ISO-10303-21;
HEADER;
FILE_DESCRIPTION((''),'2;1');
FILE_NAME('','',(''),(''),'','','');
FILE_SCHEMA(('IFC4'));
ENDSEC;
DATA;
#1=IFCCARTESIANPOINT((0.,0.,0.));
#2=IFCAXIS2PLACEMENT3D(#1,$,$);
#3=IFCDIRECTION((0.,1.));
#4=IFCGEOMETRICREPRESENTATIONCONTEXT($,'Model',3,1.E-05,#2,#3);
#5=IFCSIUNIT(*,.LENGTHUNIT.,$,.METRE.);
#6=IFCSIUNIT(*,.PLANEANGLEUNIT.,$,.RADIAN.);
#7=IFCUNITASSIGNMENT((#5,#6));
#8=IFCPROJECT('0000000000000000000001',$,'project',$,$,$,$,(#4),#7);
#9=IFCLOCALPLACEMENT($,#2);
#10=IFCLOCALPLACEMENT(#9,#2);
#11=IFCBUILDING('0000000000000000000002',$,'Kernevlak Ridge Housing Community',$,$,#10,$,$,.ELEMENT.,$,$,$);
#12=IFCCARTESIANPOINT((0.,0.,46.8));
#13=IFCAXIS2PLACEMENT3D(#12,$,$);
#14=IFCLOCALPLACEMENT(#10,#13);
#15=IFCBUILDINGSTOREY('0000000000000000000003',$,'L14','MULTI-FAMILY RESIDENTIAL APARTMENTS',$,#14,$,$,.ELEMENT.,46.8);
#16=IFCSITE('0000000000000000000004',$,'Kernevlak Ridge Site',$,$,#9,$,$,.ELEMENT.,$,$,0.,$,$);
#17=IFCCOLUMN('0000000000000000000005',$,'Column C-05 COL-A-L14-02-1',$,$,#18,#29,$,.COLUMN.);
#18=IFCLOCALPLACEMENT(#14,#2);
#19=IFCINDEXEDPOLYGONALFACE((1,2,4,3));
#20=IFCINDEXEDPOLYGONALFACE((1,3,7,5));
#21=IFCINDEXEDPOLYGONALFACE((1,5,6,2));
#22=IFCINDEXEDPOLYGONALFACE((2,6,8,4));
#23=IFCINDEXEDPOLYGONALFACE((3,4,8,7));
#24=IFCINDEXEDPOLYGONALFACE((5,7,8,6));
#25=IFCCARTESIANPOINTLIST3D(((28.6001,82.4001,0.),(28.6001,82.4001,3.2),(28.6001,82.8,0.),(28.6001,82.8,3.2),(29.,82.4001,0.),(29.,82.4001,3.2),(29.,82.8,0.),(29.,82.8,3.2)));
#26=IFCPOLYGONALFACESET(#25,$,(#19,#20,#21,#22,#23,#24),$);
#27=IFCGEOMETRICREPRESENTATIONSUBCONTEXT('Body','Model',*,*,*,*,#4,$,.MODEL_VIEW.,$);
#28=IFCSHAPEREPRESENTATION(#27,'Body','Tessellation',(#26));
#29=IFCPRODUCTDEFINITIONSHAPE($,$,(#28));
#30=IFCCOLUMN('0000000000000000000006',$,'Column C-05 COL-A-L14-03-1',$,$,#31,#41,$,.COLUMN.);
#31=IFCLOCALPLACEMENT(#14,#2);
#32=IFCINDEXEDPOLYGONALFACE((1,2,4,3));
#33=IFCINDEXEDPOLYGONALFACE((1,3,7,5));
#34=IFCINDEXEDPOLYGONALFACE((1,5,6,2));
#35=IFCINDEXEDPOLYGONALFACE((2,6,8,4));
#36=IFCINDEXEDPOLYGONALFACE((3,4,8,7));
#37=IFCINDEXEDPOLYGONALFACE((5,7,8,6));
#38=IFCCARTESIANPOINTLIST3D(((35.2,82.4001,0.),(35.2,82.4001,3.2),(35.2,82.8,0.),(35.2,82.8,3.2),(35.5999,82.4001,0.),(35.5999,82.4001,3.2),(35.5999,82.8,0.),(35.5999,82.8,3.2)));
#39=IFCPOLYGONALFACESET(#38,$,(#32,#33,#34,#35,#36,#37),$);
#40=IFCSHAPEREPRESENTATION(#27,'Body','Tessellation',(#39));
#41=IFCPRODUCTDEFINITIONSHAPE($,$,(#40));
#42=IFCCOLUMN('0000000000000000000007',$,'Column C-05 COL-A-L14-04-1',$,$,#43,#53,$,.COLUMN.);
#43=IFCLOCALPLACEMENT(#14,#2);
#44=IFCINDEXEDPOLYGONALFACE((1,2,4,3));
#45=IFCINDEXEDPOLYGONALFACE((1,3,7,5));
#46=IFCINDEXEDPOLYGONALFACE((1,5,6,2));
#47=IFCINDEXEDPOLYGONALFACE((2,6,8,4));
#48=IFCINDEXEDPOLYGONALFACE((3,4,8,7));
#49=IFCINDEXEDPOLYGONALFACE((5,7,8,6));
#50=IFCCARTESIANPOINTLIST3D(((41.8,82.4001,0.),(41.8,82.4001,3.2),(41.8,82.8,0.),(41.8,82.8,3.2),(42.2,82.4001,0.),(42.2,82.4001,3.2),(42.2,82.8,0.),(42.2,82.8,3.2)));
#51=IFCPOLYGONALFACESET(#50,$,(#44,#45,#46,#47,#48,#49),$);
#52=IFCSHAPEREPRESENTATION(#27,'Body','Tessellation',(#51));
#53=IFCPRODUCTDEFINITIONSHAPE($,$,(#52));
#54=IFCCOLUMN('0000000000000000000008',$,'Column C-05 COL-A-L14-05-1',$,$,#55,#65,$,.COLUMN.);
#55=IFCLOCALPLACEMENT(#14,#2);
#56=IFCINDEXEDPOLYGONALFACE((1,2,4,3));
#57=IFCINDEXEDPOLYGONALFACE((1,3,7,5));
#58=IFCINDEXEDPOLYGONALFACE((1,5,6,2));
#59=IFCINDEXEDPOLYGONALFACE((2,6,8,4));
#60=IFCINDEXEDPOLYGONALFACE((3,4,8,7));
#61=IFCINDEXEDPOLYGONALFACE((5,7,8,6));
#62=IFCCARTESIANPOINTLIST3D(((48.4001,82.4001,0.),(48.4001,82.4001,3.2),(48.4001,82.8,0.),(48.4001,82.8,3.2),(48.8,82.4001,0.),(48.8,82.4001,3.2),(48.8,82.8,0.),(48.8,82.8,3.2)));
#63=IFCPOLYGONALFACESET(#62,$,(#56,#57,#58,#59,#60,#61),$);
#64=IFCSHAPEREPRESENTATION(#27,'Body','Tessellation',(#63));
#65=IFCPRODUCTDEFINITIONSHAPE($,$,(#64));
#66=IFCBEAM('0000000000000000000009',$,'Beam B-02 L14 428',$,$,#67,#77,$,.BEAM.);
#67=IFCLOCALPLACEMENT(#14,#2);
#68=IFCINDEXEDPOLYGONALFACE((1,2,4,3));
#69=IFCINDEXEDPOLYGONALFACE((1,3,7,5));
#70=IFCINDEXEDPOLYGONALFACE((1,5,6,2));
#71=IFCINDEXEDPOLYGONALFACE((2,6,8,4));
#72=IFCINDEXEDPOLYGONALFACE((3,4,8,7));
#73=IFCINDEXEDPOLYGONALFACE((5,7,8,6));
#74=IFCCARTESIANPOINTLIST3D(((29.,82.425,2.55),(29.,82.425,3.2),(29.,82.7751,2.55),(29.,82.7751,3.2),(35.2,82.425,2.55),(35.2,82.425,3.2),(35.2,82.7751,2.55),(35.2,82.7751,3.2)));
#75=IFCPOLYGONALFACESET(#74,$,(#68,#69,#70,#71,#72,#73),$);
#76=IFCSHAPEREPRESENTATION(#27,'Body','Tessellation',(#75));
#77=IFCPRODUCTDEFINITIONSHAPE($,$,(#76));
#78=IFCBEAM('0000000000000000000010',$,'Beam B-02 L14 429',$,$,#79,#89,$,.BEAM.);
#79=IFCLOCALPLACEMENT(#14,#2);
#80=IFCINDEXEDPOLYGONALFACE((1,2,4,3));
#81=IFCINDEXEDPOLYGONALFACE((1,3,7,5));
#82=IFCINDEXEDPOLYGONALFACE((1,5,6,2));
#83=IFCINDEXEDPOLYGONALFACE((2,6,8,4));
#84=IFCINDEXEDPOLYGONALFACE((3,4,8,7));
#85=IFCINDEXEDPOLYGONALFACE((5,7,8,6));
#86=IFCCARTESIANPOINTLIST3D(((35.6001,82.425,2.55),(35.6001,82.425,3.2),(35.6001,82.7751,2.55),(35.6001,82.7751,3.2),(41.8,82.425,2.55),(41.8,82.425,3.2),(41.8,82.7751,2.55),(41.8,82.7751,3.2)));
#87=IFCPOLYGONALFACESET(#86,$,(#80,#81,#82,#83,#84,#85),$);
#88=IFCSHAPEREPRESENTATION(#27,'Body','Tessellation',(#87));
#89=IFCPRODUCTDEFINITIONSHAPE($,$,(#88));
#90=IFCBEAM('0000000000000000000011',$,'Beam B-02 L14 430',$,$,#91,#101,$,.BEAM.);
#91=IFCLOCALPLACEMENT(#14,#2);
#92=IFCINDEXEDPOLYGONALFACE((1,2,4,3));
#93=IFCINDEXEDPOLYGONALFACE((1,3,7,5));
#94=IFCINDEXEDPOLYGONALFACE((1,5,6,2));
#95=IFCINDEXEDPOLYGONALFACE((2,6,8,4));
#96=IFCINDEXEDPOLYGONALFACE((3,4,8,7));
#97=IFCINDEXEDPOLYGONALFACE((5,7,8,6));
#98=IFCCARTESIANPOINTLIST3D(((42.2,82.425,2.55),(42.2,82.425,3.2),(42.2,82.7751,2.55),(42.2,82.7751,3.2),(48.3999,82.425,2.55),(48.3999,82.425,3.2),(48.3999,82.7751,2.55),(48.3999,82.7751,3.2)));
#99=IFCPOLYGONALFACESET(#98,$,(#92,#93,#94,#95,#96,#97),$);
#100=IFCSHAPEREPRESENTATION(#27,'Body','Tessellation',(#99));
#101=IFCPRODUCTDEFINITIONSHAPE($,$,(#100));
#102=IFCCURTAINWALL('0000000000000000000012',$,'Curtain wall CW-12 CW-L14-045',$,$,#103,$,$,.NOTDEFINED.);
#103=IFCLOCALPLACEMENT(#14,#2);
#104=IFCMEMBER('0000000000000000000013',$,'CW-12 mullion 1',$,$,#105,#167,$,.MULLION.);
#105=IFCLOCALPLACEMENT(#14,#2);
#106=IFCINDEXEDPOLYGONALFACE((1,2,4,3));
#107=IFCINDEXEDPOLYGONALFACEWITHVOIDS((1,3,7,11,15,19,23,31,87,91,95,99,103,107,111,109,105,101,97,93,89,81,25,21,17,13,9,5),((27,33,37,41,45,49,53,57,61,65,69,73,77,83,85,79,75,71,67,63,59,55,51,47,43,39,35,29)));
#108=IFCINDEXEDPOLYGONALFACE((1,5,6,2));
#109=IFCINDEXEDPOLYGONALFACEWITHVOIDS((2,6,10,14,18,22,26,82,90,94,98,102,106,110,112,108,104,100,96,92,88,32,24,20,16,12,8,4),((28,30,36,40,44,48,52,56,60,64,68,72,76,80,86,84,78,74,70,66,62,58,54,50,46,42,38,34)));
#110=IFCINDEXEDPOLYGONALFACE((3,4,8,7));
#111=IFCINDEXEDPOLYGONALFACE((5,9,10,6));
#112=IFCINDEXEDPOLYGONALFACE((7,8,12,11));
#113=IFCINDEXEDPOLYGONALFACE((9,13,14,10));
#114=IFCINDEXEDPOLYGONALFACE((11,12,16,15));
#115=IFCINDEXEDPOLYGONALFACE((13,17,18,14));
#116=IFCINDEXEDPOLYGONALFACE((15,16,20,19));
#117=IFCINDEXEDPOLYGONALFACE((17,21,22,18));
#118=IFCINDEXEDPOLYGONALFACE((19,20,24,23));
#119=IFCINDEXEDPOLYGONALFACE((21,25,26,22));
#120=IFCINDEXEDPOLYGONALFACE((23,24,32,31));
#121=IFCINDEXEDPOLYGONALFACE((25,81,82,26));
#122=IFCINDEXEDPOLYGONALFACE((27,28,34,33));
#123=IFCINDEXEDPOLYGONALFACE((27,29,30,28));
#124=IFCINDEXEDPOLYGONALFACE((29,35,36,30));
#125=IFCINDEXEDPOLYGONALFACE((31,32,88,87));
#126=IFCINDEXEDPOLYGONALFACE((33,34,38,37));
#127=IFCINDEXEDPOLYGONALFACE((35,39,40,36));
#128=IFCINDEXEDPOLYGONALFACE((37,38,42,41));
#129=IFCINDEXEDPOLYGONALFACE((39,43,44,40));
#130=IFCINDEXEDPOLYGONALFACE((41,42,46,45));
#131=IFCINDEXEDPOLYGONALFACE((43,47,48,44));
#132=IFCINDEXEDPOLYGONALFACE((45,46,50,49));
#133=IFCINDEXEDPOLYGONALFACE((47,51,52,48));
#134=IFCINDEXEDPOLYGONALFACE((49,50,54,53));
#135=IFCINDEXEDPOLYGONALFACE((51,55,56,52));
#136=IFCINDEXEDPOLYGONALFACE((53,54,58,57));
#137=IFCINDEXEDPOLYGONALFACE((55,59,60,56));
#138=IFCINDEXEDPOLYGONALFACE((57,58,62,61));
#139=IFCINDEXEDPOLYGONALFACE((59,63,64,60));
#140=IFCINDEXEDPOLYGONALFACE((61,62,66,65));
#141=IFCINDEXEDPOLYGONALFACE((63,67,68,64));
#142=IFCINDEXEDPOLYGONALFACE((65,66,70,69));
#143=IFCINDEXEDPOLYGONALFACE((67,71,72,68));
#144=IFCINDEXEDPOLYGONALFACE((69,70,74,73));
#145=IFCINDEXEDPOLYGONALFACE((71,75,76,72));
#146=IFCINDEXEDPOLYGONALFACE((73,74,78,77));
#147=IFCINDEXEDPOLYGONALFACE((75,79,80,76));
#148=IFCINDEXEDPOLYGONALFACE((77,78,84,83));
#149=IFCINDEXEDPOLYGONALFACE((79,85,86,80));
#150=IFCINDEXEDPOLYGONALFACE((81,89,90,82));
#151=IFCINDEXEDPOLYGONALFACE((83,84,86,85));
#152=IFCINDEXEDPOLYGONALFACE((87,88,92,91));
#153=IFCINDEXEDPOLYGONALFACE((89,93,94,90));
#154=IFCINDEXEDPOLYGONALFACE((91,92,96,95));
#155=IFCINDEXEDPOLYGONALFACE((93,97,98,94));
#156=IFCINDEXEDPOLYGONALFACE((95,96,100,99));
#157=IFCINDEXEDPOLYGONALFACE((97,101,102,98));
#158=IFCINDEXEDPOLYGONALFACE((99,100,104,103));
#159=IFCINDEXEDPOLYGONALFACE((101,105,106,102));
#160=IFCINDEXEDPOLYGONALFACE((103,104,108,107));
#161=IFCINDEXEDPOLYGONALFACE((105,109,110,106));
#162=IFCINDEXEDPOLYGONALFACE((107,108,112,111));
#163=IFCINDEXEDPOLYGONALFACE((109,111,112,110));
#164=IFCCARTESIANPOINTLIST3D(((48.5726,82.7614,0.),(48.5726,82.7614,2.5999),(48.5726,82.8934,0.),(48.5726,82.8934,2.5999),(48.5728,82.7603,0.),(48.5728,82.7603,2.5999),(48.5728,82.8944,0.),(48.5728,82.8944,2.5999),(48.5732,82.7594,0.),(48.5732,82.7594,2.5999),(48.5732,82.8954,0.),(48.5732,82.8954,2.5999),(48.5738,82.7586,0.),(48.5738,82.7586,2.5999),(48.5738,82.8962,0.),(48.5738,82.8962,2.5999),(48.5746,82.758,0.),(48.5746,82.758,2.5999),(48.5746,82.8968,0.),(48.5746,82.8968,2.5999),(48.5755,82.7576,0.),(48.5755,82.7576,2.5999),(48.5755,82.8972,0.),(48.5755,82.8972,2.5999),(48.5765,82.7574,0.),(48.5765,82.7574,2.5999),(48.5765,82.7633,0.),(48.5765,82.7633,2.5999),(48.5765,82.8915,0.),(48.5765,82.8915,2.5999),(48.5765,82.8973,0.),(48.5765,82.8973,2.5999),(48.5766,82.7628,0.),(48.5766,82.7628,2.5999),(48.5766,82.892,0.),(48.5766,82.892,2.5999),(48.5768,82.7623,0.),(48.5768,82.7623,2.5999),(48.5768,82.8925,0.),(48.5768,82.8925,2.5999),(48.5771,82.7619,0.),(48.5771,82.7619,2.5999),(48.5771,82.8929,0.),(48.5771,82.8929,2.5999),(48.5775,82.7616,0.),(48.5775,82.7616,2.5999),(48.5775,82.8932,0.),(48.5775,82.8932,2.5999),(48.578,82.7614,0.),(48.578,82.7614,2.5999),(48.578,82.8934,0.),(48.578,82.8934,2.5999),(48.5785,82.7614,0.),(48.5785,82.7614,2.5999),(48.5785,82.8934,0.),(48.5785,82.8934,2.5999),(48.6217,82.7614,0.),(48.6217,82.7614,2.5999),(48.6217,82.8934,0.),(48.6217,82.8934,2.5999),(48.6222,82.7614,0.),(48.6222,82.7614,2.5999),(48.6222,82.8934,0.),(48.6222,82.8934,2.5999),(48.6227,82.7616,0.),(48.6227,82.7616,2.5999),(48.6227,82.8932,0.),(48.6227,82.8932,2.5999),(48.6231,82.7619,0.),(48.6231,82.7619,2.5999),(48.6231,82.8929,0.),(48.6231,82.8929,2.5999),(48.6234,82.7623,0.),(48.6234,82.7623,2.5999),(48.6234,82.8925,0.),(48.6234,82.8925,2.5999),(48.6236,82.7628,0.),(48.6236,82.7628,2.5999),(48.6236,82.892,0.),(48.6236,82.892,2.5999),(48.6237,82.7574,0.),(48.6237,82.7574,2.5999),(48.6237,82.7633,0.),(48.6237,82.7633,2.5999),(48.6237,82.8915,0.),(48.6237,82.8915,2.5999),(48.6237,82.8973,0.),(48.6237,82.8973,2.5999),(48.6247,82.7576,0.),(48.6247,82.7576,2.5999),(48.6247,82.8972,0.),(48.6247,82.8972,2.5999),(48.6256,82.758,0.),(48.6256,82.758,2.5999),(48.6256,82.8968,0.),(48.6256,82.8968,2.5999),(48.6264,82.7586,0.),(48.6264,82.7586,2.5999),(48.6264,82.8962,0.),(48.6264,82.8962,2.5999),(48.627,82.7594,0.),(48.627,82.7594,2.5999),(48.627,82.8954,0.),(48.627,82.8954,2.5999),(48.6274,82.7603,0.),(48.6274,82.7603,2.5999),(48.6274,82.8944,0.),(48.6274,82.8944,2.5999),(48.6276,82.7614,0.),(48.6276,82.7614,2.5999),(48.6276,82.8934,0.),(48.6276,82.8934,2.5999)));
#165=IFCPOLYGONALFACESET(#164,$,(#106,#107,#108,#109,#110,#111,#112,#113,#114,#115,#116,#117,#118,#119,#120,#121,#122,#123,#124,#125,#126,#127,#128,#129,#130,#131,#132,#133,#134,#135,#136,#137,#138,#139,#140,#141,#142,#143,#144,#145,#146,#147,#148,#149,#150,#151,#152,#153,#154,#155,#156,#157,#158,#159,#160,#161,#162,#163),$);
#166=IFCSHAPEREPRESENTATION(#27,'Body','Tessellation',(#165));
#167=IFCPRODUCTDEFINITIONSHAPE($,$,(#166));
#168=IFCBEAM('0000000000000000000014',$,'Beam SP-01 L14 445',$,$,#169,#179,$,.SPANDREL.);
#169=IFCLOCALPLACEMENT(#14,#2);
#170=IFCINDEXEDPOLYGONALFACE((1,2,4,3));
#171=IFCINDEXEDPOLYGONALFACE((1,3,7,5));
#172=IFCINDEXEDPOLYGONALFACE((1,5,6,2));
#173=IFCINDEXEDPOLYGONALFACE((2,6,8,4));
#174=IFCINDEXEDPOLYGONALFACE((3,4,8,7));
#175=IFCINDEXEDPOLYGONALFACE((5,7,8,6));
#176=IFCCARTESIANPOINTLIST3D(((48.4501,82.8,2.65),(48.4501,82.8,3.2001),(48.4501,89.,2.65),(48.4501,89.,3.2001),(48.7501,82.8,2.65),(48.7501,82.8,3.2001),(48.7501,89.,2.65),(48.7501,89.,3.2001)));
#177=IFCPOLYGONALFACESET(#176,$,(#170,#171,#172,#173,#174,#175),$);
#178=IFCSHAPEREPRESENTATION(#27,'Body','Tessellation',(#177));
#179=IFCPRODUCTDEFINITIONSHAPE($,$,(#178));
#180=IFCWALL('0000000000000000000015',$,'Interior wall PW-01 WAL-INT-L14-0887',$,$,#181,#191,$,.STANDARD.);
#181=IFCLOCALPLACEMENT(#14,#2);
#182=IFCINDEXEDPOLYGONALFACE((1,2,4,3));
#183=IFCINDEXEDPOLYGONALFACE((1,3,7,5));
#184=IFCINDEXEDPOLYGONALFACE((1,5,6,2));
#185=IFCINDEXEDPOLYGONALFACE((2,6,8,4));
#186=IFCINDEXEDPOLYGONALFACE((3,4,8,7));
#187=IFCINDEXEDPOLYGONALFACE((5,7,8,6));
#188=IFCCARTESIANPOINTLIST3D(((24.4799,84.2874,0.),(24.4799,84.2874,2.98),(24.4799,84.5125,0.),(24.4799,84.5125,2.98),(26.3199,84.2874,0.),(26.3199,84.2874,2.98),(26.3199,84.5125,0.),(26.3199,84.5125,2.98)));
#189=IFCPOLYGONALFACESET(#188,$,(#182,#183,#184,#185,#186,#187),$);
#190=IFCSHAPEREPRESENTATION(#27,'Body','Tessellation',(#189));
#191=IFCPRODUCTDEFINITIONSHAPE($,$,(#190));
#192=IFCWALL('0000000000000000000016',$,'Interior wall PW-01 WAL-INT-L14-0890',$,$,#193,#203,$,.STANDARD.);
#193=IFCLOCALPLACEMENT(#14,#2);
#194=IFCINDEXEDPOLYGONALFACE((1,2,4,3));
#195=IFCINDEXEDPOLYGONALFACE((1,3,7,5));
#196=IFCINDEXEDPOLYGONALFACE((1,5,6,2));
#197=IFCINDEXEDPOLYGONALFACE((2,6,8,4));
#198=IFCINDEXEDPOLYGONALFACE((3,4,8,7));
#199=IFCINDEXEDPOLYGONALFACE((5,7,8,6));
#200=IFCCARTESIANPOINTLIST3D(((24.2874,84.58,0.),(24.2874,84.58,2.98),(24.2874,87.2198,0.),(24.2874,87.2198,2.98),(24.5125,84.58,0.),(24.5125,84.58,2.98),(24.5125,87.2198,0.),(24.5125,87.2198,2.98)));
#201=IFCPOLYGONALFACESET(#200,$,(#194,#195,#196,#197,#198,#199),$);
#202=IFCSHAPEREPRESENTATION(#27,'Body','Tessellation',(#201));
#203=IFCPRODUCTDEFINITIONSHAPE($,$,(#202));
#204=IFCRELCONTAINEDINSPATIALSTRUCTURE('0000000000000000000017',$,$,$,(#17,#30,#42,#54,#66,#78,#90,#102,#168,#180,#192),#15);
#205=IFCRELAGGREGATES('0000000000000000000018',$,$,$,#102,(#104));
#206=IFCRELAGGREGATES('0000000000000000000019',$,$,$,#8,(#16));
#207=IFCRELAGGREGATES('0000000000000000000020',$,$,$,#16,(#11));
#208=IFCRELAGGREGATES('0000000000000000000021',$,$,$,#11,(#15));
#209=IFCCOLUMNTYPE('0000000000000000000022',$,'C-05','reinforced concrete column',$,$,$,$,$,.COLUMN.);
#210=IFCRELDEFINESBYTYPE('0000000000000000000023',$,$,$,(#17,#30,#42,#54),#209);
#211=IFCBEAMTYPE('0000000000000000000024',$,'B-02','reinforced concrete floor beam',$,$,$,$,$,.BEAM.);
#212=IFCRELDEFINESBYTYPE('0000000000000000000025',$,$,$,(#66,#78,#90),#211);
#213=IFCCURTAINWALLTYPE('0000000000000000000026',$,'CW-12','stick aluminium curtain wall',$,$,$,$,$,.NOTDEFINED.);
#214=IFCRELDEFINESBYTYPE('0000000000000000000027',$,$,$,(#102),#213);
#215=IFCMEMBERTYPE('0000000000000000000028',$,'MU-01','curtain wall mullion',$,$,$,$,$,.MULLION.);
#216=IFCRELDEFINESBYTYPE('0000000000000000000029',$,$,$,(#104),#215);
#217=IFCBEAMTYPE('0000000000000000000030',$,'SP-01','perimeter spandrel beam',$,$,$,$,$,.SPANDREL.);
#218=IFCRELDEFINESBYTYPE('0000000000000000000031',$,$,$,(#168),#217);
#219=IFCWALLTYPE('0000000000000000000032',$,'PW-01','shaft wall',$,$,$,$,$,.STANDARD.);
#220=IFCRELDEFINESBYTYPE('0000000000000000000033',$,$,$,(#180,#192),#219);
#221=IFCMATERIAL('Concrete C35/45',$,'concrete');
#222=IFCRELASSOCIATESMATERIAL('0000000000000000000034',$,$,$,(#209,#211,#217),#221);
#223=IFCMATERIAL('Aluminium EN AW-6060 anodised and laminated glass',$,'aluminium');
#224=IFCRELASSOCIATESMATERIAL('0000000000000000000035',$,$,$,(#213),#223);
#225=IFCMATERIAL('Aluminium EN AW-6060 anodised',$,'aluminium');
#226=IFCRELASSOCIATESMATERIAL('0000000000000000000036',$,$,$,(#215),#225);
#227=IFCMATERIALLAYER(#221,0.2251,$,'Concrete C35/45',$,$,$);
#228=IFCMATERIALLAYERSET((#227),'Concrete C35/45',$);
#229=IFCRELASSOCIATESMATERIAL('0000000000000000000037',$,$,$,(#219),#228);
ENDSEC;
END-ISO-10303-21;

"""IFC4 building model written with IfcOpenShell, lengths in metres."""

from ifc_helpers import new_model, si_unit, direction, frame, frame_2d, origin, origin_2d, place, context, subcontext, project, spatial, rectangle, hollow_rectangle, extrude, material, layer, layer_set, material_profile, profile_set, type_object, element, aggregate, save


model = new_model("IFC4")

# Units and contexts
model_context = context("Model", 3, precision=1e-05, world=origin(), true_north=direction((0.0, 1.0)))
body_context = subcontext(model_context, "Body", "Model", "MODEL_VIEW")
ifc_project = project(units=[si_unit("LENGTHUNIT", "METRE"), si_unit("PLANEANGLEUNIT", "RADIAN")], contexts=[model_context])

# Site, building, storey
site_placement = place(None, origin())
site = spatial("IfcSite", under=ifc_project, at=site_placement, Name="Kernevlak Ridge Site", CompositionType="ELEMENT", RefElevation=0.0)
building_placement = place(site_placement, origin())
building = spatial("IfcBuilding", under=site, at=building_placement, Name="Kernevlak Ridge Housing Community", CompositionType="ELEMENT")
storey_placement = place(building_placement, frame((0.0, 0.0, 46.8)))
storey = spatial("IfcBuildingStorey", under=building, at=storey_placement, Name="L14", Description="MULTI-FAMILY RESIDENTIAL APARTMENTS", CompositionType="ELEMENT", Elevation=46.8)

# Columns
ifc_material_1 = material(Name="Concrete C35/45", Category="concrete")
ifc_material_profile_1 = material_profile(ifc_material_1, rectangle(XDim=0.3999, YDim=0.3999, at=origin_2d()), Name="RC 400x400")
ifc_profile_set_1 = profile_set([ifc_material_profile_1], Name="Concrete C35/45")
column_type = type_object("IfcColumnType", Name="C-05", Description="reinforced concrete column", PredefinedType="COLUMN", material=ifc_profile_set_1)
for number, where, z_axis, x_axis, name in (
    (1, (28.8, 82.6001, 0.0), (0.0, 0.0, 1.0), (1.0, 0.0, 0.0), "Column C-05 COL-A-L14-02-1"),
    (2, (35.3999, 82.6001, 0.0), (0.0, 0.0, 1.0), (1.0, 0.0, 0.0), "Column C-05 COL-A-L14-03-1"),
    (3, (42.0, 82.6001, 0.0), (0.0, 0.0, 1.0), (1.0, 0.0, 0.0), "Column C-05 COL-A-L14-04-1"),
    (4, (48.6001, 82.6001, 0.0), (0.0, 0.0, 1.0), (1.0, 0.0, 0.0), "Column C-05 COL-A-L14-05-1"),
):
    element("IfcColumn", number, at=place(storey_placement, frame(where, z_axis=z_axis, x_axis=x_axis)), inside=storey, type_object=column_type, Name=name, PredefinedType="COLUMN", context=body_context, shape_type="SweptSolid", body=[
        extrude(rectangle(XDim=0.3999, YDim=0.3999, at=origin_2d()), origin(), (0.0, 0.0, 1.0), 3.2),
    ])

# Beams
ifc_material_profile_2 = material_profile(ifc_material_1, rectangle(XDim=0.3501, YDim=0.6499, at=origin_2d()), Name="RC 350x650")
ifc_profile_set_2 = profile_set([ifc_material_profile_2], Name="Concrete C35/45")
beam_type_1 = type_object("IfcBeamType", Name="B-02", Description="reinforced concrete floor beam", PredefinedType="BEAM", material=ifc_profile_set_2)
for number, where, z_axis, x_axis, name in (
    (5, (29.0, 82.6001, 2.875), (1.0, 0.0, 0.0), (0.0, 1.0, 0.0), "Beam B-02 L14 428"),
    (6, (35.6001, 82.6001, 2.875), (1.0, 0.0, 0.0), (0.0, 1.0, 0.0), "Beam B-02 L14 429"),
    (7, (42.2, 82.6001, 2.875), (1.0, 0.0, 0.0), (0.0, 1.0, 0.0), "Beam B-02 L14 430"),
):
    element("IfcBeam", number, at=place(storey_placement, frame(where, z_axis=z_axis, x_axis=x_axis)), inside=storey, type_object=beam_type_1, Name=name, PredefinedType="BEAM", context=body_context, shape_type="SweptSolid", body=[
        extrude(rectangle(XDim=0.3501, YDim=0.6499, at=origin_2d()), origin(), (0.0, 0.0, 1.0), 6.2),
    ])

# Curtain wall, member
ifc_material_2 = material(Name="Aluminium EN AW-6060 anodised and laminated glass", Category="aluminium")
curtain_wall_type = type_object("IfcCurtainWallType", Name="CW-12", Description="stick aluminium curtain wall", PredefinedType="NOTDEFINED", material=ifc_material_2)
curtain_wall_placement = place(storey_placement, origin())
curtain_wall = element("IfcCurtainWall", 8, at=curtain_wall_placement, inside=storey, type_object=curtain_wall_type, Name="Curtain wall CW-12 CW-L14-045", PredefinedType="NOTDEFINED")
ifc_material_3 = material(Name="Aluminium EN AW-6060 anodised", Category="aluminium")
ifc_material_profile_3 = material_profile(ifc_material_3, hollow_rectangle(XDim=0.0549, YDim=0.1399, WallThickness=0.0039, InnerFilletRadius=0.002, OuterFilletRadius=0.0039, at=origin_2d()), Name="ALU 55x140x4")
ifc_profile_set_3 = profile_set([ifc_material_profile_3], Name="Aluminium EN AW-6060 anodised")
member_type = type_object("IfcMemberType", Name="MU-01", Description="curtain wall mullion", PredefinedType="MULLION", material=ifc_profile_set_3)
member_placement = place(storey_placement, frame((48.6001, 82.8274, 0.0), z_axis=(0.0, 0.0, 1.0), x_axis=(-1.0, 0.0, 0.0)))
member = element("IfcMember", 9, at=member_placement, type_object=member_type, Name="CW-12 mullion 1", PredefinedType="MULLION", context=body_context, shape_type="SweptSolid", body=[
    extrude(hollow_rectangle(XDim=0.0549, YDim=0.1399, WallThickness=0.0039, InnerFilletRadius=0.002, OuterFilletRadius=0.0039, at=origin_2d()), origin(), (0.0, 0.0, 1.0), 2.5999),
])
aggregate(curtain_wall, [member])

# Beam
ifc_material_profile_4 = material_profile(ifc_material_1, rectangle(XDim=0.3, YDim=0.55, at=origin_2d()), Name="RC 300x550")
ifc_profile_set_4 = profile_set([ifc_material_profile_4], Name="Concrete C35/45")
beam_type_2 = type_object("IfcBeamType", Name="SP-01", Description="perimeter spandrel beam", PredefinedType="SPANDREL", material=ifc_profile_set_4)
beam_placement = place(storey_placement, frame((48.6001, 82.8, 2.925), z_axis=(0.0, 1.0, 0.0), x_axis=(-1.0, 0.0, 0.0)))
element("IfcBeam", 10, at=beam_placement, inside=storey, type_object=beam_type_2, Name="Beam SP-01 L14 445", PredefinedType="SPANDREL", context=body_context, shape_type="SweptSolid", body=[
    extrude(rectangle(XDim=0.3, YDim=0.55, at=origin_2d()), origin(), (0.0, 0.0, 1.0), 6.2),
])

# Walls
ifc_layer_1 = layer(ifc_material_1, 0.2251, Name="Concrete C35/45")
ifc_layer_set_1 = layer_set([ifc_layer_1], Name="Concrete C35/45")
wall_type_1 = type_object("IfcWallType", Name="PW-01", Description="shaft wall", PredefinedType="STANDARD", material=ifc_layer_set_1)
wall_1_placement = place(storey_placement, frame((24.48, 84.3999, 0.0), z_axis=(0.0, 0.0, 1.0), x_axis=(1.0, 0.0, 0.0)))
element("IfcWall", 11, at=wall_1_placement, inside=storey, type_object=wall_type_1, Name="Interior wall PW-01 WAL-INT-L14-0887", PredefinedType="STANDARD", context=body_context, shape_type="SweptSolid", body=[
    extrude(rectangle(XDim=1.8401, YDim=0.2251, at=frame_2d((0.9199, 0.0))), origin(), (0.0, 0.0, 1.0), 2.98),
])
for number, where, z_axis, x_axis, name in (
    (12, (24.3999, 84.5801, 0.0), (0.0, 0.0, 1.0), (0.0, 1.0, 0.0), "Interior wall PW-01 WAL-INT-L14-0890"),
):
    element("IfcWall", number, at=place(storey_placement, frame(where, z_axis=z_axis, x_axis=x_axis)), inside=storey, type_object=wall_type_1, Name=name, PredefinedType="STANDARD", context=body_context, shape_type="SweptSolid", body=[
        extrude(rectangle(XDim=2.6399, YDim=0.2251, at=frame_2d((1.3198, 0.0))), origin(), (0.0, 0.0, 1.0), 2.98),
    ])

save(model, "model.ifc")
